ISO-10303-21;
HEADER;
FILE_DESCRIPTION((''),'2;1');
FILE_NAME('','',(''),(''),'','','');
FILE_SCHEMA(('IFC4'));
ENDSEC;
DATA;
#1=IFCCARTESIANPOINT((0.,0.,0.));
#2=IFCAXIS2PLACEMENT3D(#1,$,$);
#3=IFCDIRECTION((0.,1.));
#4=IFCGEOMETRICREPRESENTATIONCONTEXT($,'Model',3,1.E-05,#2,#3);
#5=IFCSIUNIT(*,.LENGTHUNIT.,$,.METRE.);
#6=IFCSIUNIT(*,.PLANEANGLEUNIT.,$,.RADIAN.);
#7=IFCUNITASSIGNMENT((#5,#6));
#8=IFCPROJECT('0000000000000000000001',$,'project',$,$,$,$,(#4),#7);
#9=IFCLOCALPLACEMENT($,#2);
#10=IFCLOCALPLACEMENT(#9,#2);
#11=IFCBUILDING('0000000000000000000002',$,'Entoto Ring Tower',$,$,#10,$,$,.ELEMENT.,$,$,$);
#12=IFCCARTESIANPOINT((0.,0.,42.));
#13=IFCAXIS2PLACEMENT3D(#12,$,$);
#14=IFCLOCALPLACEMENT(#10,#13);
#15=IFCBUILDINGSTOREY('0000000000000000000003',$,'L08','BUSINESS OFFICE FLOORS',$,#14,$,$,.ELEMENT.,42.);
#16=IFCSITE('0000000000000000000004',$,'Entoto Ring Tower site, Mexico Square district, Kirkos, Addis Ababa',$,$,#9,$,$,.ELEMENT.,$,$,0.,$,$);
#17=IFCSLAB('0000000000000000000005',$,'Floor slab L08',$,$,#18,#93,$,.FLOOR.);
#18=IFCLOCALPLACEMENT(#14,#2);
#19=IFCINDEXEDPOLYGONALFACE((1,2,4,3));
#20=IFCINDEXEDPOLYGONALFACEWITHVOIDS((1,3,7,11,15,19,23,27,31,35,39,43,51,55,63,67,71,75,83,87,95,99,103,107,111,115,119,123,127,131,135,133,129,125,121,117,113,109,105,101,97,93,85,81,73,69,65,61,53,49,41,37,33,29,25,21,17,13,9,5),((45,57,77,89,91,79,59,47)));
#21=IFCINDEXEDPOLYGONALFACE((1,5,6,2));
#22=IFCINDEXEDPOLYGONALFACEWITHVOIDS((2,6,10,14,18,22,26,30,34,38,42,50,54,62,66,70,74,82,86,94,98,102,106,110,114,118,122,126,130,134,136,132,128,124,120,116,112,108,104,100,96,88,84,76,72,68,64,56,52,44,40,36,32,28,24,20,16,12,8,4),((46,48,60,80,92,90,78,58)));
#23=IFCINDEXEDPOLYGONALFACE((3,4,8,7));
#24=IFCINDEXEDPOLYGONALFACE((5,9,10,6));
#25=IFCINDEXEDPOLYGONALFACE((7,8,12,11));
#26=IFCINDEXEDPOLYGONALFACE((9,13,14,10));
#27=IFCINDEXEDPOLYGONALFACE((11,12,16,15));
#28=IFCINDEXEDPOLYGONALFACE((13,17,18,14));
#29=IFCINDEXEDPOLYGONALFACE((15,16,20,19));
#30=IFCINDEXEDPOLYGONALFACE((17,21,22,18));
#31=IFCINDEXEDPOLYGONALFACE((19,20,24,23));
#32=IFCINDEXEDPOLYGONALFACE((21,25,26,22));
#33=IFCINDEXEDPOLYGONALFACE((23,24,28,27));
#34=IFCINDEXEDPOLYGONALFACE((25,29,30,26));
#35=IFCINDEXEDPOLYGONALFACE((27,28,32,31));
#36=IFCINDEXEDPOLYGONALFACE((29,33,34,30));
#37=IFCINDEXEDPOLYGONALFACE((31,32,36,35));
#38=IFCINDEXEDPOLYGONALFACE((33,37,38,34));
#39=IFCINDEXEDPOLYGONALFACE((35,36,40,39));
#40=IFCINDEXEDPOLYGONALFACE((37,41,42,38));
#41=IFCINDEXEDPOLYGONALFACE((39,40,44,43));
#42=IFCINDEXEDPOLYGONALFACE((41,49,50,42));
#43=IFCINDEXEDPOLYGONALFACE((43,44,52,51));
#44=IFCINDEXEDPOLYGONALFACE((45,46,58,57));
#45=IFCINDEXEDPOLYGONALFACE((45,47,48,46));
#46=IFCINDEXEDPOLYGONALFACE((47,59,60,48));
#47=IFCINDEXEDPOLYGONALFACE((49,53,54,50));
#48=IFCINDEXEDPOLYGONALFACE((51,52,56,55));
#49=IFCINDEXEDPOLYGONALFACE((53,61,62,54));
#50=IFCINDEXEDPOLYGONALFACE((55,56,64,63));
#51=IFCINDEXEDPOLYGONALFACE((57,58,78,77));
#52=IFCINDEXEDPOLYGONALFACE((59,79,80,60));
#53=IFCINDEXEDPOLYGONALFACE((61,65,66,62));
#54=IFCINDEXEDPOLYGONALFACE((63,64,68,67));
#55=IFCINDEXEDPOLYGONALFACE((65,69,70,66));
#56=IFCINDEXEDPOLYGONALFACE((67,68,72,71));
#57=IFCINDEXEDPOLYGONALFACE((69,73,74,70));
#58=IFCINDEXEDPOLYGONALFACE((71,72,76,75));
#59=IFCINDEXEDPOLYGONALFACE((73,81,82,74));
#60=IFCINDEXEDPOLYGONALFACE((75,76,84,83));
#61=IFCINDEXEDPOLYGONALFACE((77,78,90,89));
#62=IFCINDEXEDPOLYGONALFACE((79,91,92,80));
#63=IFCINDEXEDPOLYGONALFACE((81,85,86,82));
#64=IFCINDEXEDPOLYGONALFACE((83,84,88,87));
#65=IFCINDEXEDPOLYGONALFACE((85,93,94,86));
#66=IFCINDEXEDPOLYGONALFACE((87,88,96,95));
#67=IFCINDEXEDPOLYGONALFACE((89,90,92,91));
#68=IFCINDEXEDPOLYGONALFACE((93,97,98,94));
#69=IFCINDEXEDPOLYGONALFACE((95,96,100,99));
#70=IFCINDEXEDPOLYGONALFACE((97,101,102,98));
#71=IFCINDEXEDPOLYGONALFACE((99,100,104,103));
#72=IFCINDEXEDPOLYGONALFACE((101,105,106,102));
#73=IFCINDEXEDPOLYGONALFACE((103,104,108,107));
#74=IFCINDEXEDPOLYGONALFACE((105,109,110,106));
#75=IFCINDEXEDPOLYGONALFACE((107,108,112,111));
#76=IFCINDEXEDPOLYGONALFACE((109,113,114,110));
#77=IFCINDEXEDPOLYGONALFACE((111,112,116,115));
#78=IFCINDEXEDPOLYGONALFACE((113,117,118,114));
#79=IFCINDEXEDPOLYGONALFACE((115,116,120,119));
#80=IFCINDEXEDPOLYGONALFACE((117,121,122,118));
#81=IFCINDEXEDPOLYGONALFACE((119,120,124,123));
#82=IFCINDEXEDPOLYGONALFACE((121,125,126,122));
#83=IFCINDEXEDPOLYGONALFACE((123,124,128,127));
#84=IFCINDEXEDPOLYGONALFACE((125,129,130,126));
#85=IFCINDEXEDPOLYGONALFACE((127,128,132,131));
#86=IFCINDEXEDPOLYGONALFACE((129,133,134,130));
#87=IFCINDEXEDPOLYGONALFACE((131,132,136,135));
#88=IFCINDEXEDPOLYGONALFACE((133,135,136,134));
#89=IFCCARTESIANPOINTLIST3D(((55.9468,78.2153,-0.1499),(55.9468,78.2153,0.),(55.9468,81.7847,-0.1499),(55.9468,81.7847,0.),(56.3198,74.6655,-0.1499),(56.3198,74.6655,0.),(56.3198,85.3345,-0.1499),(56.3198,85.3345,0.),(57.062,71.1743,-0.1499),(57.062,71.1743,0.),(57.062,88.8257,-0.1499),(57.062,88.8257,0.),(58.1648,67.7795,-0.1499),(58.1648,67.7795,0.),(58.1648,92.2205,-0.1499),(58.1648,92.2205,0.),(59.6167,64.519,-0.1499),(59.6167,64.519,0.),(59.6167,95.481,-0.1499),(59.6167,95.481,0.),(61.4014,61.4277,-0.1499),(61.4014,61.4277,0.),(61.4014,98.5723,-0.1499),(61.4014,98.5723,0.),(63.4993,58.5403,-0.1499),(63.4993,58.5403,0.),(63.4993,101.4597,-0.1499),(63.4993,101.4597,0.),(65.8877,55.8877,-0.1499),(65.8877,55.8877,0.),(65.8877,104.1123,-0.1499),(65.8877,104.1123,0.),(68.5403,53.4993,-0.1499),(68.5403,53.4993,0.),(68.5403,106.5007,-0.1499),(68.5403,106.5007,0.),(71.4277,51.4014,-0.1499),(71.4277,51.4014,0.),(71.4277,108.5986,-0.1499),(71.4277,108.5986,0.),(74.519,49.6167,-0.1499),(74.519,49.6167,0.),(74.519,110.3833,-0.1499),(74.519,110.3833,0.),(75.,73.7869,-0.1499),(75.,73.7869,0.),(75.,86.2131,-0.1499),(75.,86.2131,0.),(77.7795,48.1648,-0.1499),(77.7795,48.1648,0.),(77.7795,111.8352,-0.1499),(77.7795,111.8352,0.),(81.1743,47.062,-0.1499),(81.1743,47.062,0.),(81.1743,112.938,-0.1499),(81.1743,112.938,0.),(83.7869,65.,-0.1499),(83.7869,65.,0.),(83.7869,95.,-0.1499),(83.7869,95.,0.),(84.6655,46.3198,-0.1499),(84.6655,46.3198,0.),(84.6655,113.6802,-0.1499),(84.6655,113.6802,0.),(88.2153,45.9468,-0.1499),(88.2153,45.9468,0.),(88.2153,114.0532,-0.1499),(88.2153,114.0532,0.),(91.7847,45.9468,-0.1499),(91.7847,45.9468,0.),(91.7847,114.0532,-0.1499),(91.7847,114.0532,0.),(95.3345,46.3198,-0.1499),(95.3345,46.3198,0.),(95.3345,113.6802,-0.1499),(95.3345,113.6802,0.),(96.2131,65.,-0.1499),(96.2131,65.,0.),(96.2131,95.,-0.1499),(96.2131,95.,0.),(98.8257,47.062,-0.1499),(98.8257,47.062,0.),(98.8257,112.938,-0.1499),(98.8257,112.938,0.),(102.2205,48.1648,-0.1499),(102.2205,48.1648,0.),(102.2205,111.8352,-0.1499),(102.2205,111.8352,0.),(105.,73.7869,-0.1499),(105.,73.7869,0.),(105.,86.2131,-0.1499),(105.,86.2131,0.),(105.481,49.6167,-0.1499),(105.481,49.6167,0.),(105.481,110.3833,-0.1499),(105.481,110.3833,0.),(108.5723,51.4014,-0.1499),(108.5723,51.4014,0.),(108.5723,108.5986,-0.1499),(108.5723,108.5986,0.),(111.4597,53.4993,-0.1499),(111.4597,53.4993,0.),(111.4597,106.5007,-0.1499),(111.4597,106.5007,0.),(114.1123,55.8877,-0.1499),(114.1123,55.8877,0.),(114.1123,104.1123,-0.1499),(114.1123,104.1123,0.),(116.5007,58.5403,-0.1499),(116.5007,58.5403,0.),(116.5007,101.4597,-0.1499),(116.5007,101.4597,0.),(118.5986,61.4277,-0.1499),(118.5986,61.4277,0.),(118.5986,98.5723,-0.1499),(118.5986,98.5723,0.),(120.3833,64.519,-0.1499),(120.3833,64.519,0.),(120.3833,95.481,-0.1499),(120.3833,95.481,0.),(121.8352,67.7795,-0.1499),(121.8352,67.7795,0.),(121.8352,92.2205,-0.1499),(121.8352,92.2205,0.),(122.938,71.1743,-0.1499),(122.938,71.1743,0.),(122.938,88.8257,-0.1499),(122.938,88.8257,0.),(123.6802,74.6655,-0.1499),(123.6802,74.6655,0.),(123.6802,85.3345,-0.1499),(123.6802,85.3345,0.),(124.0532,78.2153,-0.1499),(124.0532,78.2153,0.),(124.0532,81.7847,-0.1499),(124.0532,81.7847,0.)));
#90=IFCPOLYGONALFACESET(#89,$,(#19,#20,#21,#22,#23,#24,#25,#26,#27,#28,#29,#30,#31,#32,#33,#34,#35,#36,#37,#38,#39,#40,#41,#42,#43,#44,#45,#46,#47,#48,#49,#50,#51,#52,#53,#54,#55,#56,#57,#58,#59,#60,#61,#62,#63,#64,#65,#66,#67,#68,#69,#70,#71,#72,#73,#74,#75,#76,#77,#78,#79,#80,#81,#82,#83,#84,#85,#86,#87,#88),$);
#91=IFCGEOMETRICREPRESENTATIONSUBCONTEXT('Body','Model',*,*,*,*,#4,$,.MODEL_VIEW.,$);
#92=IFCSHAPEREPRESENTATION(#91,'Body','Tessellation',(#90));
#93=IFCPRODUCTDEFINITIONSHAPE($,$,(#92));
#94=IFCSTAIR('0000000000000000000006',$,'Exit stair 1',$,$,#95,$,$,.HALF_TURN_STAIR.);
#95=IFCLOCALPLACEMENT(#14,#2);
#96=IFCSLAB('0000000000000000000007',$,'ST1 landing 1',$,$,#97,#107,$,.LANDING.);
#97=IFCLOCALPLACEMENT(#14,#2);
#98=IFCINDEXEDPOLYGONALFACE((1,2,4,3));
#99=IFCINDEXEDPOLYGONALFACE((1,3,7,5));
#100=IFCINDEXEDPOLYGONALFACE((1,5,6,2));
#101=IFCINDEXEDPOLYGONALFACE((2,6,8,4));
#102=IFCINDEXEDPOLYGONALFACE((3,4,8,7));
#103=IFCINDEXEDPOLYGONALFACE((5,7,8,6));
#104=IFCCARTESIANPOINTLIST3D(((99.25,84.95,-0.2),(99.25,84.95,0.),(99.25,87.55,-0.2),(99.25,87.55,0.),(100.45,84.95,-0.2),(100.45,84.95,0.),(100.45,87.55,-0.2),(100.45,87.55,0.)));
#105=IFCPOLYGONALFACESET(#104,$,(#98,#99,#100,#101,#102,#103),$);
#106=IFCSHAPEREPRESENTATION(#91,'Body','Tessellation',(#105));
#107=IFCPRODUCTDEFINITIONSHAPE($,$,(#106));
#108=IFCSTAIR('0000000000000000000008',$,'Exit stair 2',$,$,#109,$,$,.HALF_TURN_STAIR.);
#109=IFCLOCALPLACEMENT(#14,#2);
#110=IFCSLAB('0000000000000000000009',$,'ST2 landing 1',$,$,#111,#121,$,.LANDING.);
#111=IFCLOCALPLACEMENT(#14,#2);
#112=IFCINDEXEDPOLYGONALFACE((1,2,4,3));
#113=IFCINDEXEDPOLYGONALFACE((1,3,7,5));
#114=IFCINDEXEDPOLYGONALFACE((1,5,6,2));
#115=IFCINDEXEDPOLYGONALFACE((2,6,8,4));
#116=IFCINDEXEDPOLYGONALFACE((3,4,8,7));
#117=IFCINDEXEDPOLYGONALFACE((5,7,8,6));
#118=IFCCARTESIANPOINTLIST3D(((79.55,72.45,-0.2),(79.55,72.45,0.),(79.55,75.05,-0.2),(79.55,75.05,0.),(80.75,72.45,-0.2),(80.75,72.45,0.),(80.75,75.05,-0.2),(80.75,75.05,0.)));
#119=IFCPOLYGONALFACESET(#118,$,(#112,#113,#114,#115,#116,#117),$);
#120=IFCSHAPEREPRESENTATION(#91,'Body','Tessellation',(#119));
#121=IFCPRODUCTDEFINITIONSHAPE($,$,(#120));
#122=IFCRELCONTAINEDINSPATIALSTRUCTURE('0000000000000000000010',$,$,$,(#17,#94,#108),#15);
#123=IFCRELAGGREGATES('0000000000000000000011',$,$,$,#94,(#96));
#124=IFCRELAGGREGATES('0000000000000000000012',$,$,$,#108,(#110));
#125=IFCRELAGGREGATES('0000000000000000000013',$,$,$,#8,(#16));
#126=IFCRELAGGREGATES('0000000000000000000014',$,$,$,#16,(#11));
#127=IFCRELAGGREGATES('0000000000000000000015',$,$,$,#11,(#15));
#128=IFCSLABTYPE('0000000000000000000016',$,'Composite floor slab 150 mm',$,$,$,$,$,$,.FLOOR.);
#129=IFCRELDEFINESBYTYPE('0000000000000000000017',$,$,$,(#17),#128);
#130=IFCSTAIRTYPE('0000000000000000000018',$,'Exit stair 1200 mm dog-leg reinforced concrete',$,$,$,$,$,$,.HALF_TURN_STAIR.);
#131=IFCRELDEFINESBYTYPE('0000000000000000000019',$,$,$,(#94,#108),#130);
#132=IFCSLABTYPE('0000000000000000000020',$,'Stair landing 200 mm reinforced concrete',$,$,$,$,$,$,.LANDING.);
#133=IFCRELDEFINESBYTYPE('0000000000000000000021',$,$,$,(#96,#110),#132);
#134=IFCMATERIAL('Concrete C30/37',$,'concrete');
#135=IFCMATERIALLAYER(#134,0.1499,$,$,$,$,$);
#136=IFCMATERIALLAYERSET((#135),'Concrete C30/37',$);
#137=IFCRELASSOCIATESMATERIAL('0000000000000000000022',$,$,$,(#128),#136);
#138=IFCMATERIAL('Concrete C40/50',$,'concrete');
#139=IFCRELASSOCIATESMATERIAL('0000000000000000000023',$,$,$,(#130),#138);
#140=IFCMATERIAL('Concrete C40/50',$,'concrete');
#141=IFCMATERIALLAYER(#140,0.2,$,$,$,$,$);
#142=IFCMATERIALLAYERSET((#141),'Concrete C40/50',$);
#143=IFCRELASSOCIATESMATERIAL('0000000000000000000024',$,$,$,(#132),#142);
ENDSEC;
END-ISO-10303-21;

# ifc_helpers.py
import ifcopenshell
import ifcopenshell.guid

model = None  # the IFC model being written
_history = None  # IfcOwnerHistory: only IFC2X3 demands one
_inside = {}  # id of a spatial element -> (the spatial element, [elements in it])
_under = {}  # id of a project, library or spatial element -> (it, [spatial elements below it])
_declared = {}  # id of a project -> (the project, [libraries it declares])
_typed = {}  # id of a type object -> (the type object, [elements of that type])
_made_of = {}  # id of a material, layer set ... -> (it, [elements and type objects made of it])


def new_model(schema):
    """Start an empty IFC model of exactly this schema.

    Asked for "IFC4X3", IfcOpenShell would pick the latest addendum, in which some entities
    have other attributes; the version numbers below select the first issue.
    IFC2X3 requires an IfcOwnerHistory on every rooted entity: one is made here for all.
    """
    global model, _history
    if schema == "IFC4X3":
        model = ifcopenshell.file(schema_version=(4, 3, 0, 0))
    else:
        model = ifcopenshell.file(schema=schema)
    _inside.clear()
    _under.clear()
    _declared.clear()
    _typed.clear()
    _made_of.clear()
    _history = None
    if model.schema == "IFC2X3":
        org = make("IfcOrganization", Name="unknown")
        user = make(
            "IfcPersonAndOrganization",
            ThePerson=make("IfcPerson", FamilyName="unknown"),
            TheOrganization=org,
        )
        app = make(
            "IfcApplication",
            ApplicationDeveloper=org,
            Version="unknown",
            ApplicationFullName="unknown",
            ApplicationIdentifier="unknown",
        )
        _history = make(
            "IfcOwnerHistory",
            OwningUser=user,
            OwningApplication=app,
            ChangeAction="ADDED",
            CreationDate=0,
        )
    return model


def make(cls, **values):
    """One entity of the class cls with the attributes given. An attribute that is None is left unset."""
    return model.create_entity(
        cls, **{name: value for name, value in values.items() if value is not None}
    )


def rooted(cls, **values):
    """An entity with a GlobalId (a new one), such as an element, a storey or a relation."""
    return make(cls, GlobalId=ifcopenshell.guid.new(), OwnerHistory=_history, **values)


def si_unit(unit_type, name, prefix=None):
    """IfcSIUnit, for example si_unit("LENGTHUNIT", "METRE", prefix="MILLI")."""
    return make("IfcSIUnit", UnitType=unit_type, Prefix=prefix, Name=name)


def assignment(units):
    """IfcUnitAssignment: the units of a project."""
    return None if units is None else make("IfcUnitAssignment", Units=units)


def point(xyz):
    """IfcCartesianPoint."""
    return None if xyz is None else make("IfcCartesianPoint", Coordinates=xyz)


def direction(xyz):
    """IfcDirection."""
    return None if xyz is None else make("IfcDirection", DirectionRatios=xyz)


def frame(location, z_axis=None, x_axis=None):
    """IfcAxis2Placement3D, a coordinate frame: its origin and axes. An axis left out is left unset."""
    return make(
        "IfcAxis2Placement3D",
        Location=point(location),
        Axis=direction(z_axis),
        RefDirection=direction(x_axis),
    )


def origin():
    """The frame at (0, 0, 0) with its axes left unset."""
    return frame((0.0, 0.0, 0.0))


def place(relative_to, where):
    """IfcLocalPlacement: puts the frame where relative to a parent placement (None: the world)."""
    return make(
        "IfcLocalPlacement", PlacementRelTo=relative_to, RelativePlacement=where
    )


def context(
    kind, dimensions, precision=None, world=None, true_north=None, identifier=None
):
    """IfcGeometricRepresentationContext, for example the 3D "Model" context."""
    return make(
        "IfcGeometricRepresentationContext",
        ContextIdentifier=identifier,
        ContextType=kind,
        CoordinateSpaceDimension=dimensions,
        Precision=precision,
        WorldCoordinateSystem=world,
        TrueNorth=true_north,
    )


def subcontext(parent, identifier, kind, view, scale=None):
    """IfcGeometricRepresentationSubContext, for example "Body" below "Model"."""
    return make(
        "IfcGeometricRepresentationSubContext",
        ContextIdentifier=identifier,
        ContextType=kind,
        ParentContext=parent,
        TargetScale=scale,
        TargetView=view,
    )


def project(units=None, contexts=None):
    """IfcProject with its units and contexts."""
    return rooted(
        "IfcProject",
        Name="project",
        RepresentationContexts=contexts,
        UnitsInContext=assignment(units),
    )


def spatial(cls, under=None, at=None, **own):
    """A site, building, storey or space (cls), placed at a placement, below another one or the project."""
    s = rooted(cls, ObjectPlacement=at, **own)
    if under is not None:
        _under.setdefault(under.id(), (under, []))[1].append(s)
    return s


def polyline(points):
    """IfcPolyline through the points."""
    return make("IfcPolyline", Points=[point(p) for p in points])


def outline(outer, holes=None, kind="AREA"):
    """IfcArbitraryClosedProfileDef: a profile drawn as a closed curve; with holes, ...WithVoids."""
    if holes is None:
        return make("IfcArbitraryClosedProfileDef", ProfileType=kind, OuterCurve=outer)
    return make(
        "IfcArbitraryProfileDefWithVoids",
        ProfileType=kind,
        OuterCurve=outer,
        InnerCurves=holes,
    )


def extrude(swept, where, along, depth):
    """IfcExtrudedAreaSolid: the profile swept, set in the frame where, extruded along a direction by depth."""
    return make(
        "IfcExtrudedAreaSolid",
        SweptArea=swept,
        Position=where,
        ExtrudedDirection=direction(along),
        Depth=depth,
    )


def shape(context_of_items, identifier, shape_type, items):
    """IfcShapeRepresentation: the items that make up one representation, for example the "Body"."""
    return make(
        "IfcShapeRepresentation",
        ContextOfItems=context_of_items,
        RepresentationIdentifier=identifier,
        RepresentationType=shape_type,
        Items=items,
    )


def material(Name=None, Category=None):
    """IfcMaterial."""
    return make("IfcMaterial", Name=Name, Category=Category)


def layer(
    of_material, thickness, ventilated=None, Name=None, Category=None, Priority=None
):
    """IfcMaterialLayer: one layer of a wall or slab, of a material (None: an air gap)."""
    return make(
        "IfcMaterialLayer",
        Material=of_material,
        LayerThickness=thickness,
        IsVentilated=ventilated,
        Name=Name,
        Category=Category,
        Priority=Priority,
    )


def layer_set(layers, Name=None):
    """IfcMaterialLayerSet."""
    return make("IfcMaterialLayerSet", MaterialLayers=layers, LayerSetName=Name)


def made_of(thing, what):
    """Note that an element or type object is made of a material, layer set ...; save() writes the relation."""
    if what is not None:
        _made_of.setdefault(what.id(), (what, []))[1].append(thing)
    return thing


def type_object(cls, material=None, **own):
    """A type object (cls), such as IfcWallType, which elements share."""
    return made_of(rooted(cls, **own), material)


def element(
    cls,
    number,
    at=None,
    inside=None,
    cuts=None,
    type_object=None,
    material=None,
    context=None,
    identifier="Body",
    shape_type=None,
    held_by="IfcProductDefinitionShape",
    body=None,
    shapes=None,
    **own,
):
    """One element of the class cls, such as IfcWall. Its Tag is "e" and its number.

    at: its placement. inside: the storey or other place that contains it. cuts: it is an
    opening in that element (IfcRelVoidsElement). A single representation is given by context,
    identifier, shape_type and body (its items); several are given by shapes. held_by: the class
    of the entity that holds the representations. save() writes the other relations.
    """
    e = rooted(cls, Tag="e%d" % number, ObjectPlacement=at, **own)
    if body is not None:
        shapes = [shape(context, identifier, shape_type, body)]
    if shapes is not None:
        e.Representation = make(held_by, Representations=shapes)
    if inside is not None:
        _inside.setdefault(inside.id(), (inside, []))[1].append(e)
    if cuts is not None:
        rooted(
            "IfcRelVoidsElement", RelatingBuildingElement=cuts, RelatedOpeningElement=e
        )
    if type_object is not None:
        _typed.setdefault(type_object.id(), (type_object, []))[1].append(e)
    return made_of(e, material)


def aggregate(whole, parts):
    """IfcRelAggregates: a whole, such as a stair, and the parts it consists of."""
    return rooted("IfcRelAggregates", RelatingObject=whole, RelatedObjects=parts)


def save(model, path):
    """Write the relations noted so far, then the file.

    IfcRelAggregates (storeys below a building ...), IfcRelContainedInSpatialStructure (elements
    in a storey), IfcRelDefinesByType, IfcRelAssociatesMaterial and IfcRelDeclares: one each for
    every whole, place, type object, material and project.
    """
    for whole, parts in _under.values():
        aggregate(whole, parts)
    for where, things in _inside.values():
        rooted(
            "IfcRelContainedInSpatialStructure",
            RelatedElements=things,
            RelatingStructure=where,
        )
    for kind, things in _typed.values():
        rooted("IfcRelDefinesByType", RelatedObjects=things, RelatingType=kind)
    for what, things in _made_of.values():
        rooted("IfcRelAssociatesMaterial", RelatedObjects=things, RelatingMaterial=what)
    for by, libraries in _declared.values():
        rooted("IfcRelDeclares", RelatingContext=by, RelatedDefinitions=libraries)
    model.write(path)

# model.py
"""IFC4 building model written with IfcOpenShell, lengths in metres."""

from ifc_helpers import new_model, si_unit, direction, frame, origin, place, context, subcontext, project, spatial, polyline, outline, extrude, material, layer, layer_set, type_object, element, aggregate, save


model = new_model("IFC4")

# Units and contexts
model_context = context("Model", 3, precision=1e-05, world=origin(), true_north=direction((0.0, 1.0)))
body_context = subcontext(model_context, "Body", "Model", "MODEL_VIEW")
ifc_project = project(units=[si_unit("LENGTHUNIT", "METRE"), si_unit("PLANEANGLEUNIT", "RADIAN")], contexts=[model_context])

# Site, building, storey
site_placement = place(None, origin())
building_placement = place(site_placement, origin())
storey_placement = place(building_placement, frame((0.0, 0.0, 42.0)))
site = spatial("IfcSite", under=ifc_project, at=site_placement, Name="Entoto Ring Tower site, Mexico Square district, Kirkos, Addis Ababa", CompositionType="ELEMENT", RefElevation=0.0)
building = spatial("IfcBuilding", under=site, at=building_placement, Name="Entoto Ring Tower", CompositionType="ELEMENT")
storey = spatial("IfcBuildingStorey", under=building, at=storey_placement, Name="L08", Description="BUSINESS OFFICE FLOORS", CompositionType="ELEMENT", Elevation=42.0)

# Slab
ifc_material_1 = material(Name="Concrete C30/37", Category="concrete")
ifc_layer_1 = layer(ifc_material_1, 0.1499)
ifc_layer_set_1 = layer_set([ifc_layer_1], Name="Concrete C30/37")
slab_type_1 = type_object("IfcSlabType", Name="Composite floor slab 150 mm", PredefinedType="FLOOR", material=ifc_layer_set_1)
slab_1_placement = place(storey_placement, frame((0.0, 0.0, -0.1499)))
element("IfcSlab", 1, at=slab_1_placement, inside=storey, type_object=slab_type_1, Name="Floor slab L08", PredefinedType="FLOOR", context=body_context, shape_type="SweptSolid", body=[
    extrude(outline(polyline([(123.6802, 85.3345), (122.938, 88.8257), (121.8352, 92.2205), (120.3833, 95.481), (118.5986, 98.5723), (116.5007, 101.4597), (114.1123, 104.1123), (111.4597, 106.5007), (108.5723, 108.5986), (105.481, 110.3833), (102.2205, 111.8352), (98.8257, 112.938), (95.3345, 113.6802), (91.7847, 114.0532), (88.2153, 114.0532), (84.6655, 113.6802), (81.1743, 112.938), (77.7795, 111.8352), (74.519, 110.3833), (71.4277, 108.5986), (68.5403, 106.5007), (65.8877, 104.1123), (63.4993, 101.4597), (61.4014, 98.5723), (59.6167, 95.481), (58.1648, 92.2205), (57.062, 88.8257), (56.3198, 85.3345), (55.9468, 81.7847), (55.9468, 78.2153), (56.3198, 74.6655), (57.062, 71.1743), (58.1648, 67.7795), (59.6167, 64.519), (61.4014, 61.4277), (63.4993, 58.5403), (65.8877, 55.8877), (68.5403, 53.4993), (71.4277, 51.4014), (74.519, 49.6167), (77.7795, 48.1648), (81.1743, 47.062), (84.6655, 46.3198), (88.2153, 45.9468), (91.7847, 45.9468), (95.3345, 46.3198), (98.8257, 47.062), (102.2205, 48.1648), (105.481, 49.6167), (108.5723, 51.4014), (111.4597, 53.4993), (114.1123, 55.8877), (116.5007, 58.5403), (118.5986, 61.4277), (120.3833, 64.519), (121.8352, 67.7795), (122.938, 71.1743), (123.6802, 74.6655), (124.0532, 78.2153), (124.0532, 81.7847), (123.6802, 85.3345)]), holes=[polyline([(105.0, 73.7869), (105.0, 86.2131), (96.2131, 95.0), (83.7869, 95.0), (75.0, 86.2131), (75.0, 73.7869), (83.7869, 65.0), (96.2131, 65.0), (105.0, 73.7869)])]), origin(), (0.0, 0.0, 1.0), 0.1499),
])

# Stairs, slabs
ifc_material_2 = material(Name="Concrete C40/50", Category="concrete")
stair_type = type_object("IfcStairType", Name="Exit stair 1200 mm dog-leg reinforced concrete", PredefinedType="HALF_TURN_STAIR", material=ifc_material_2)
stair_1_placement = place(storey_placement, origin())
stair_1 = element("IfcStair", 2, at=stair_1_placement, inside=storey, type_object=stair_type, Name="Exit stair 1", PredefinedType="HALF_TURN_STAIR")
ifc_material_3 = material(Name="Concrete C40/50", Category="concrete")
ifc_layer_2 = layer(ifc_material_3, 0.2)
ifc_layer_set_2 = layer_set([ifc_layer_2], Name="Concrete C40/50")
slab_type_2 = type_object("IfcSlabType", Name="Stair landing 200 mm reinforced concrete", PredefinedType="LANDING", material=ifc_layer_set_2)
slab_2_placement = place(storey_placement, frame((0.0, 0.0, -0.2)))
slab_2 = element("IfcSlab", 3, at=slab_2_placement, type_object=slab_type_2, Name="ST1 landing 1", PredefinedType="LANDING", context=body_context, shape_type="SweptSolid", body=[
    extrude(outline(polyline([(100.45, 84.95), (100.45, 87.55), (99.25, 87.55), (99.25, 84.95), (100.45, 84.95)])), origin(), (0.0, 0.0, 1.0), 0.2),
])
aggregate(stair_1, [slab_2])
stair_2_placement = place(storey_placement, origin())
stair_2 = element("IfcStair", 4, at=stair_2_placement, inside=storey, type_object=stair_type, Name="Exit stair 2", PredefinedType="HALF_TURN_STAIR")
slab_3_placement = place(storey_placement, frame((0.0, 0.0, -0.2)))
slab_3 = element("IfcSlab", 5, at=slab_3_placement, type_object=slab_type_2, Name="ST2 landing 1", PredefinedType="LANDING", context=body_context, shape_type="SweptSolid", body=[
    extrude(outline(polyline([(80.75, 72.45), (80.75, 75.05), (79.55, 75.05), (79.55, 72.45), (80.75, 72.45)])), origin(), (0.0, 0.0, 1.0), 0.2),
])
aggregate(stair_2, [slab_3])

save(model, "model.ifc")
